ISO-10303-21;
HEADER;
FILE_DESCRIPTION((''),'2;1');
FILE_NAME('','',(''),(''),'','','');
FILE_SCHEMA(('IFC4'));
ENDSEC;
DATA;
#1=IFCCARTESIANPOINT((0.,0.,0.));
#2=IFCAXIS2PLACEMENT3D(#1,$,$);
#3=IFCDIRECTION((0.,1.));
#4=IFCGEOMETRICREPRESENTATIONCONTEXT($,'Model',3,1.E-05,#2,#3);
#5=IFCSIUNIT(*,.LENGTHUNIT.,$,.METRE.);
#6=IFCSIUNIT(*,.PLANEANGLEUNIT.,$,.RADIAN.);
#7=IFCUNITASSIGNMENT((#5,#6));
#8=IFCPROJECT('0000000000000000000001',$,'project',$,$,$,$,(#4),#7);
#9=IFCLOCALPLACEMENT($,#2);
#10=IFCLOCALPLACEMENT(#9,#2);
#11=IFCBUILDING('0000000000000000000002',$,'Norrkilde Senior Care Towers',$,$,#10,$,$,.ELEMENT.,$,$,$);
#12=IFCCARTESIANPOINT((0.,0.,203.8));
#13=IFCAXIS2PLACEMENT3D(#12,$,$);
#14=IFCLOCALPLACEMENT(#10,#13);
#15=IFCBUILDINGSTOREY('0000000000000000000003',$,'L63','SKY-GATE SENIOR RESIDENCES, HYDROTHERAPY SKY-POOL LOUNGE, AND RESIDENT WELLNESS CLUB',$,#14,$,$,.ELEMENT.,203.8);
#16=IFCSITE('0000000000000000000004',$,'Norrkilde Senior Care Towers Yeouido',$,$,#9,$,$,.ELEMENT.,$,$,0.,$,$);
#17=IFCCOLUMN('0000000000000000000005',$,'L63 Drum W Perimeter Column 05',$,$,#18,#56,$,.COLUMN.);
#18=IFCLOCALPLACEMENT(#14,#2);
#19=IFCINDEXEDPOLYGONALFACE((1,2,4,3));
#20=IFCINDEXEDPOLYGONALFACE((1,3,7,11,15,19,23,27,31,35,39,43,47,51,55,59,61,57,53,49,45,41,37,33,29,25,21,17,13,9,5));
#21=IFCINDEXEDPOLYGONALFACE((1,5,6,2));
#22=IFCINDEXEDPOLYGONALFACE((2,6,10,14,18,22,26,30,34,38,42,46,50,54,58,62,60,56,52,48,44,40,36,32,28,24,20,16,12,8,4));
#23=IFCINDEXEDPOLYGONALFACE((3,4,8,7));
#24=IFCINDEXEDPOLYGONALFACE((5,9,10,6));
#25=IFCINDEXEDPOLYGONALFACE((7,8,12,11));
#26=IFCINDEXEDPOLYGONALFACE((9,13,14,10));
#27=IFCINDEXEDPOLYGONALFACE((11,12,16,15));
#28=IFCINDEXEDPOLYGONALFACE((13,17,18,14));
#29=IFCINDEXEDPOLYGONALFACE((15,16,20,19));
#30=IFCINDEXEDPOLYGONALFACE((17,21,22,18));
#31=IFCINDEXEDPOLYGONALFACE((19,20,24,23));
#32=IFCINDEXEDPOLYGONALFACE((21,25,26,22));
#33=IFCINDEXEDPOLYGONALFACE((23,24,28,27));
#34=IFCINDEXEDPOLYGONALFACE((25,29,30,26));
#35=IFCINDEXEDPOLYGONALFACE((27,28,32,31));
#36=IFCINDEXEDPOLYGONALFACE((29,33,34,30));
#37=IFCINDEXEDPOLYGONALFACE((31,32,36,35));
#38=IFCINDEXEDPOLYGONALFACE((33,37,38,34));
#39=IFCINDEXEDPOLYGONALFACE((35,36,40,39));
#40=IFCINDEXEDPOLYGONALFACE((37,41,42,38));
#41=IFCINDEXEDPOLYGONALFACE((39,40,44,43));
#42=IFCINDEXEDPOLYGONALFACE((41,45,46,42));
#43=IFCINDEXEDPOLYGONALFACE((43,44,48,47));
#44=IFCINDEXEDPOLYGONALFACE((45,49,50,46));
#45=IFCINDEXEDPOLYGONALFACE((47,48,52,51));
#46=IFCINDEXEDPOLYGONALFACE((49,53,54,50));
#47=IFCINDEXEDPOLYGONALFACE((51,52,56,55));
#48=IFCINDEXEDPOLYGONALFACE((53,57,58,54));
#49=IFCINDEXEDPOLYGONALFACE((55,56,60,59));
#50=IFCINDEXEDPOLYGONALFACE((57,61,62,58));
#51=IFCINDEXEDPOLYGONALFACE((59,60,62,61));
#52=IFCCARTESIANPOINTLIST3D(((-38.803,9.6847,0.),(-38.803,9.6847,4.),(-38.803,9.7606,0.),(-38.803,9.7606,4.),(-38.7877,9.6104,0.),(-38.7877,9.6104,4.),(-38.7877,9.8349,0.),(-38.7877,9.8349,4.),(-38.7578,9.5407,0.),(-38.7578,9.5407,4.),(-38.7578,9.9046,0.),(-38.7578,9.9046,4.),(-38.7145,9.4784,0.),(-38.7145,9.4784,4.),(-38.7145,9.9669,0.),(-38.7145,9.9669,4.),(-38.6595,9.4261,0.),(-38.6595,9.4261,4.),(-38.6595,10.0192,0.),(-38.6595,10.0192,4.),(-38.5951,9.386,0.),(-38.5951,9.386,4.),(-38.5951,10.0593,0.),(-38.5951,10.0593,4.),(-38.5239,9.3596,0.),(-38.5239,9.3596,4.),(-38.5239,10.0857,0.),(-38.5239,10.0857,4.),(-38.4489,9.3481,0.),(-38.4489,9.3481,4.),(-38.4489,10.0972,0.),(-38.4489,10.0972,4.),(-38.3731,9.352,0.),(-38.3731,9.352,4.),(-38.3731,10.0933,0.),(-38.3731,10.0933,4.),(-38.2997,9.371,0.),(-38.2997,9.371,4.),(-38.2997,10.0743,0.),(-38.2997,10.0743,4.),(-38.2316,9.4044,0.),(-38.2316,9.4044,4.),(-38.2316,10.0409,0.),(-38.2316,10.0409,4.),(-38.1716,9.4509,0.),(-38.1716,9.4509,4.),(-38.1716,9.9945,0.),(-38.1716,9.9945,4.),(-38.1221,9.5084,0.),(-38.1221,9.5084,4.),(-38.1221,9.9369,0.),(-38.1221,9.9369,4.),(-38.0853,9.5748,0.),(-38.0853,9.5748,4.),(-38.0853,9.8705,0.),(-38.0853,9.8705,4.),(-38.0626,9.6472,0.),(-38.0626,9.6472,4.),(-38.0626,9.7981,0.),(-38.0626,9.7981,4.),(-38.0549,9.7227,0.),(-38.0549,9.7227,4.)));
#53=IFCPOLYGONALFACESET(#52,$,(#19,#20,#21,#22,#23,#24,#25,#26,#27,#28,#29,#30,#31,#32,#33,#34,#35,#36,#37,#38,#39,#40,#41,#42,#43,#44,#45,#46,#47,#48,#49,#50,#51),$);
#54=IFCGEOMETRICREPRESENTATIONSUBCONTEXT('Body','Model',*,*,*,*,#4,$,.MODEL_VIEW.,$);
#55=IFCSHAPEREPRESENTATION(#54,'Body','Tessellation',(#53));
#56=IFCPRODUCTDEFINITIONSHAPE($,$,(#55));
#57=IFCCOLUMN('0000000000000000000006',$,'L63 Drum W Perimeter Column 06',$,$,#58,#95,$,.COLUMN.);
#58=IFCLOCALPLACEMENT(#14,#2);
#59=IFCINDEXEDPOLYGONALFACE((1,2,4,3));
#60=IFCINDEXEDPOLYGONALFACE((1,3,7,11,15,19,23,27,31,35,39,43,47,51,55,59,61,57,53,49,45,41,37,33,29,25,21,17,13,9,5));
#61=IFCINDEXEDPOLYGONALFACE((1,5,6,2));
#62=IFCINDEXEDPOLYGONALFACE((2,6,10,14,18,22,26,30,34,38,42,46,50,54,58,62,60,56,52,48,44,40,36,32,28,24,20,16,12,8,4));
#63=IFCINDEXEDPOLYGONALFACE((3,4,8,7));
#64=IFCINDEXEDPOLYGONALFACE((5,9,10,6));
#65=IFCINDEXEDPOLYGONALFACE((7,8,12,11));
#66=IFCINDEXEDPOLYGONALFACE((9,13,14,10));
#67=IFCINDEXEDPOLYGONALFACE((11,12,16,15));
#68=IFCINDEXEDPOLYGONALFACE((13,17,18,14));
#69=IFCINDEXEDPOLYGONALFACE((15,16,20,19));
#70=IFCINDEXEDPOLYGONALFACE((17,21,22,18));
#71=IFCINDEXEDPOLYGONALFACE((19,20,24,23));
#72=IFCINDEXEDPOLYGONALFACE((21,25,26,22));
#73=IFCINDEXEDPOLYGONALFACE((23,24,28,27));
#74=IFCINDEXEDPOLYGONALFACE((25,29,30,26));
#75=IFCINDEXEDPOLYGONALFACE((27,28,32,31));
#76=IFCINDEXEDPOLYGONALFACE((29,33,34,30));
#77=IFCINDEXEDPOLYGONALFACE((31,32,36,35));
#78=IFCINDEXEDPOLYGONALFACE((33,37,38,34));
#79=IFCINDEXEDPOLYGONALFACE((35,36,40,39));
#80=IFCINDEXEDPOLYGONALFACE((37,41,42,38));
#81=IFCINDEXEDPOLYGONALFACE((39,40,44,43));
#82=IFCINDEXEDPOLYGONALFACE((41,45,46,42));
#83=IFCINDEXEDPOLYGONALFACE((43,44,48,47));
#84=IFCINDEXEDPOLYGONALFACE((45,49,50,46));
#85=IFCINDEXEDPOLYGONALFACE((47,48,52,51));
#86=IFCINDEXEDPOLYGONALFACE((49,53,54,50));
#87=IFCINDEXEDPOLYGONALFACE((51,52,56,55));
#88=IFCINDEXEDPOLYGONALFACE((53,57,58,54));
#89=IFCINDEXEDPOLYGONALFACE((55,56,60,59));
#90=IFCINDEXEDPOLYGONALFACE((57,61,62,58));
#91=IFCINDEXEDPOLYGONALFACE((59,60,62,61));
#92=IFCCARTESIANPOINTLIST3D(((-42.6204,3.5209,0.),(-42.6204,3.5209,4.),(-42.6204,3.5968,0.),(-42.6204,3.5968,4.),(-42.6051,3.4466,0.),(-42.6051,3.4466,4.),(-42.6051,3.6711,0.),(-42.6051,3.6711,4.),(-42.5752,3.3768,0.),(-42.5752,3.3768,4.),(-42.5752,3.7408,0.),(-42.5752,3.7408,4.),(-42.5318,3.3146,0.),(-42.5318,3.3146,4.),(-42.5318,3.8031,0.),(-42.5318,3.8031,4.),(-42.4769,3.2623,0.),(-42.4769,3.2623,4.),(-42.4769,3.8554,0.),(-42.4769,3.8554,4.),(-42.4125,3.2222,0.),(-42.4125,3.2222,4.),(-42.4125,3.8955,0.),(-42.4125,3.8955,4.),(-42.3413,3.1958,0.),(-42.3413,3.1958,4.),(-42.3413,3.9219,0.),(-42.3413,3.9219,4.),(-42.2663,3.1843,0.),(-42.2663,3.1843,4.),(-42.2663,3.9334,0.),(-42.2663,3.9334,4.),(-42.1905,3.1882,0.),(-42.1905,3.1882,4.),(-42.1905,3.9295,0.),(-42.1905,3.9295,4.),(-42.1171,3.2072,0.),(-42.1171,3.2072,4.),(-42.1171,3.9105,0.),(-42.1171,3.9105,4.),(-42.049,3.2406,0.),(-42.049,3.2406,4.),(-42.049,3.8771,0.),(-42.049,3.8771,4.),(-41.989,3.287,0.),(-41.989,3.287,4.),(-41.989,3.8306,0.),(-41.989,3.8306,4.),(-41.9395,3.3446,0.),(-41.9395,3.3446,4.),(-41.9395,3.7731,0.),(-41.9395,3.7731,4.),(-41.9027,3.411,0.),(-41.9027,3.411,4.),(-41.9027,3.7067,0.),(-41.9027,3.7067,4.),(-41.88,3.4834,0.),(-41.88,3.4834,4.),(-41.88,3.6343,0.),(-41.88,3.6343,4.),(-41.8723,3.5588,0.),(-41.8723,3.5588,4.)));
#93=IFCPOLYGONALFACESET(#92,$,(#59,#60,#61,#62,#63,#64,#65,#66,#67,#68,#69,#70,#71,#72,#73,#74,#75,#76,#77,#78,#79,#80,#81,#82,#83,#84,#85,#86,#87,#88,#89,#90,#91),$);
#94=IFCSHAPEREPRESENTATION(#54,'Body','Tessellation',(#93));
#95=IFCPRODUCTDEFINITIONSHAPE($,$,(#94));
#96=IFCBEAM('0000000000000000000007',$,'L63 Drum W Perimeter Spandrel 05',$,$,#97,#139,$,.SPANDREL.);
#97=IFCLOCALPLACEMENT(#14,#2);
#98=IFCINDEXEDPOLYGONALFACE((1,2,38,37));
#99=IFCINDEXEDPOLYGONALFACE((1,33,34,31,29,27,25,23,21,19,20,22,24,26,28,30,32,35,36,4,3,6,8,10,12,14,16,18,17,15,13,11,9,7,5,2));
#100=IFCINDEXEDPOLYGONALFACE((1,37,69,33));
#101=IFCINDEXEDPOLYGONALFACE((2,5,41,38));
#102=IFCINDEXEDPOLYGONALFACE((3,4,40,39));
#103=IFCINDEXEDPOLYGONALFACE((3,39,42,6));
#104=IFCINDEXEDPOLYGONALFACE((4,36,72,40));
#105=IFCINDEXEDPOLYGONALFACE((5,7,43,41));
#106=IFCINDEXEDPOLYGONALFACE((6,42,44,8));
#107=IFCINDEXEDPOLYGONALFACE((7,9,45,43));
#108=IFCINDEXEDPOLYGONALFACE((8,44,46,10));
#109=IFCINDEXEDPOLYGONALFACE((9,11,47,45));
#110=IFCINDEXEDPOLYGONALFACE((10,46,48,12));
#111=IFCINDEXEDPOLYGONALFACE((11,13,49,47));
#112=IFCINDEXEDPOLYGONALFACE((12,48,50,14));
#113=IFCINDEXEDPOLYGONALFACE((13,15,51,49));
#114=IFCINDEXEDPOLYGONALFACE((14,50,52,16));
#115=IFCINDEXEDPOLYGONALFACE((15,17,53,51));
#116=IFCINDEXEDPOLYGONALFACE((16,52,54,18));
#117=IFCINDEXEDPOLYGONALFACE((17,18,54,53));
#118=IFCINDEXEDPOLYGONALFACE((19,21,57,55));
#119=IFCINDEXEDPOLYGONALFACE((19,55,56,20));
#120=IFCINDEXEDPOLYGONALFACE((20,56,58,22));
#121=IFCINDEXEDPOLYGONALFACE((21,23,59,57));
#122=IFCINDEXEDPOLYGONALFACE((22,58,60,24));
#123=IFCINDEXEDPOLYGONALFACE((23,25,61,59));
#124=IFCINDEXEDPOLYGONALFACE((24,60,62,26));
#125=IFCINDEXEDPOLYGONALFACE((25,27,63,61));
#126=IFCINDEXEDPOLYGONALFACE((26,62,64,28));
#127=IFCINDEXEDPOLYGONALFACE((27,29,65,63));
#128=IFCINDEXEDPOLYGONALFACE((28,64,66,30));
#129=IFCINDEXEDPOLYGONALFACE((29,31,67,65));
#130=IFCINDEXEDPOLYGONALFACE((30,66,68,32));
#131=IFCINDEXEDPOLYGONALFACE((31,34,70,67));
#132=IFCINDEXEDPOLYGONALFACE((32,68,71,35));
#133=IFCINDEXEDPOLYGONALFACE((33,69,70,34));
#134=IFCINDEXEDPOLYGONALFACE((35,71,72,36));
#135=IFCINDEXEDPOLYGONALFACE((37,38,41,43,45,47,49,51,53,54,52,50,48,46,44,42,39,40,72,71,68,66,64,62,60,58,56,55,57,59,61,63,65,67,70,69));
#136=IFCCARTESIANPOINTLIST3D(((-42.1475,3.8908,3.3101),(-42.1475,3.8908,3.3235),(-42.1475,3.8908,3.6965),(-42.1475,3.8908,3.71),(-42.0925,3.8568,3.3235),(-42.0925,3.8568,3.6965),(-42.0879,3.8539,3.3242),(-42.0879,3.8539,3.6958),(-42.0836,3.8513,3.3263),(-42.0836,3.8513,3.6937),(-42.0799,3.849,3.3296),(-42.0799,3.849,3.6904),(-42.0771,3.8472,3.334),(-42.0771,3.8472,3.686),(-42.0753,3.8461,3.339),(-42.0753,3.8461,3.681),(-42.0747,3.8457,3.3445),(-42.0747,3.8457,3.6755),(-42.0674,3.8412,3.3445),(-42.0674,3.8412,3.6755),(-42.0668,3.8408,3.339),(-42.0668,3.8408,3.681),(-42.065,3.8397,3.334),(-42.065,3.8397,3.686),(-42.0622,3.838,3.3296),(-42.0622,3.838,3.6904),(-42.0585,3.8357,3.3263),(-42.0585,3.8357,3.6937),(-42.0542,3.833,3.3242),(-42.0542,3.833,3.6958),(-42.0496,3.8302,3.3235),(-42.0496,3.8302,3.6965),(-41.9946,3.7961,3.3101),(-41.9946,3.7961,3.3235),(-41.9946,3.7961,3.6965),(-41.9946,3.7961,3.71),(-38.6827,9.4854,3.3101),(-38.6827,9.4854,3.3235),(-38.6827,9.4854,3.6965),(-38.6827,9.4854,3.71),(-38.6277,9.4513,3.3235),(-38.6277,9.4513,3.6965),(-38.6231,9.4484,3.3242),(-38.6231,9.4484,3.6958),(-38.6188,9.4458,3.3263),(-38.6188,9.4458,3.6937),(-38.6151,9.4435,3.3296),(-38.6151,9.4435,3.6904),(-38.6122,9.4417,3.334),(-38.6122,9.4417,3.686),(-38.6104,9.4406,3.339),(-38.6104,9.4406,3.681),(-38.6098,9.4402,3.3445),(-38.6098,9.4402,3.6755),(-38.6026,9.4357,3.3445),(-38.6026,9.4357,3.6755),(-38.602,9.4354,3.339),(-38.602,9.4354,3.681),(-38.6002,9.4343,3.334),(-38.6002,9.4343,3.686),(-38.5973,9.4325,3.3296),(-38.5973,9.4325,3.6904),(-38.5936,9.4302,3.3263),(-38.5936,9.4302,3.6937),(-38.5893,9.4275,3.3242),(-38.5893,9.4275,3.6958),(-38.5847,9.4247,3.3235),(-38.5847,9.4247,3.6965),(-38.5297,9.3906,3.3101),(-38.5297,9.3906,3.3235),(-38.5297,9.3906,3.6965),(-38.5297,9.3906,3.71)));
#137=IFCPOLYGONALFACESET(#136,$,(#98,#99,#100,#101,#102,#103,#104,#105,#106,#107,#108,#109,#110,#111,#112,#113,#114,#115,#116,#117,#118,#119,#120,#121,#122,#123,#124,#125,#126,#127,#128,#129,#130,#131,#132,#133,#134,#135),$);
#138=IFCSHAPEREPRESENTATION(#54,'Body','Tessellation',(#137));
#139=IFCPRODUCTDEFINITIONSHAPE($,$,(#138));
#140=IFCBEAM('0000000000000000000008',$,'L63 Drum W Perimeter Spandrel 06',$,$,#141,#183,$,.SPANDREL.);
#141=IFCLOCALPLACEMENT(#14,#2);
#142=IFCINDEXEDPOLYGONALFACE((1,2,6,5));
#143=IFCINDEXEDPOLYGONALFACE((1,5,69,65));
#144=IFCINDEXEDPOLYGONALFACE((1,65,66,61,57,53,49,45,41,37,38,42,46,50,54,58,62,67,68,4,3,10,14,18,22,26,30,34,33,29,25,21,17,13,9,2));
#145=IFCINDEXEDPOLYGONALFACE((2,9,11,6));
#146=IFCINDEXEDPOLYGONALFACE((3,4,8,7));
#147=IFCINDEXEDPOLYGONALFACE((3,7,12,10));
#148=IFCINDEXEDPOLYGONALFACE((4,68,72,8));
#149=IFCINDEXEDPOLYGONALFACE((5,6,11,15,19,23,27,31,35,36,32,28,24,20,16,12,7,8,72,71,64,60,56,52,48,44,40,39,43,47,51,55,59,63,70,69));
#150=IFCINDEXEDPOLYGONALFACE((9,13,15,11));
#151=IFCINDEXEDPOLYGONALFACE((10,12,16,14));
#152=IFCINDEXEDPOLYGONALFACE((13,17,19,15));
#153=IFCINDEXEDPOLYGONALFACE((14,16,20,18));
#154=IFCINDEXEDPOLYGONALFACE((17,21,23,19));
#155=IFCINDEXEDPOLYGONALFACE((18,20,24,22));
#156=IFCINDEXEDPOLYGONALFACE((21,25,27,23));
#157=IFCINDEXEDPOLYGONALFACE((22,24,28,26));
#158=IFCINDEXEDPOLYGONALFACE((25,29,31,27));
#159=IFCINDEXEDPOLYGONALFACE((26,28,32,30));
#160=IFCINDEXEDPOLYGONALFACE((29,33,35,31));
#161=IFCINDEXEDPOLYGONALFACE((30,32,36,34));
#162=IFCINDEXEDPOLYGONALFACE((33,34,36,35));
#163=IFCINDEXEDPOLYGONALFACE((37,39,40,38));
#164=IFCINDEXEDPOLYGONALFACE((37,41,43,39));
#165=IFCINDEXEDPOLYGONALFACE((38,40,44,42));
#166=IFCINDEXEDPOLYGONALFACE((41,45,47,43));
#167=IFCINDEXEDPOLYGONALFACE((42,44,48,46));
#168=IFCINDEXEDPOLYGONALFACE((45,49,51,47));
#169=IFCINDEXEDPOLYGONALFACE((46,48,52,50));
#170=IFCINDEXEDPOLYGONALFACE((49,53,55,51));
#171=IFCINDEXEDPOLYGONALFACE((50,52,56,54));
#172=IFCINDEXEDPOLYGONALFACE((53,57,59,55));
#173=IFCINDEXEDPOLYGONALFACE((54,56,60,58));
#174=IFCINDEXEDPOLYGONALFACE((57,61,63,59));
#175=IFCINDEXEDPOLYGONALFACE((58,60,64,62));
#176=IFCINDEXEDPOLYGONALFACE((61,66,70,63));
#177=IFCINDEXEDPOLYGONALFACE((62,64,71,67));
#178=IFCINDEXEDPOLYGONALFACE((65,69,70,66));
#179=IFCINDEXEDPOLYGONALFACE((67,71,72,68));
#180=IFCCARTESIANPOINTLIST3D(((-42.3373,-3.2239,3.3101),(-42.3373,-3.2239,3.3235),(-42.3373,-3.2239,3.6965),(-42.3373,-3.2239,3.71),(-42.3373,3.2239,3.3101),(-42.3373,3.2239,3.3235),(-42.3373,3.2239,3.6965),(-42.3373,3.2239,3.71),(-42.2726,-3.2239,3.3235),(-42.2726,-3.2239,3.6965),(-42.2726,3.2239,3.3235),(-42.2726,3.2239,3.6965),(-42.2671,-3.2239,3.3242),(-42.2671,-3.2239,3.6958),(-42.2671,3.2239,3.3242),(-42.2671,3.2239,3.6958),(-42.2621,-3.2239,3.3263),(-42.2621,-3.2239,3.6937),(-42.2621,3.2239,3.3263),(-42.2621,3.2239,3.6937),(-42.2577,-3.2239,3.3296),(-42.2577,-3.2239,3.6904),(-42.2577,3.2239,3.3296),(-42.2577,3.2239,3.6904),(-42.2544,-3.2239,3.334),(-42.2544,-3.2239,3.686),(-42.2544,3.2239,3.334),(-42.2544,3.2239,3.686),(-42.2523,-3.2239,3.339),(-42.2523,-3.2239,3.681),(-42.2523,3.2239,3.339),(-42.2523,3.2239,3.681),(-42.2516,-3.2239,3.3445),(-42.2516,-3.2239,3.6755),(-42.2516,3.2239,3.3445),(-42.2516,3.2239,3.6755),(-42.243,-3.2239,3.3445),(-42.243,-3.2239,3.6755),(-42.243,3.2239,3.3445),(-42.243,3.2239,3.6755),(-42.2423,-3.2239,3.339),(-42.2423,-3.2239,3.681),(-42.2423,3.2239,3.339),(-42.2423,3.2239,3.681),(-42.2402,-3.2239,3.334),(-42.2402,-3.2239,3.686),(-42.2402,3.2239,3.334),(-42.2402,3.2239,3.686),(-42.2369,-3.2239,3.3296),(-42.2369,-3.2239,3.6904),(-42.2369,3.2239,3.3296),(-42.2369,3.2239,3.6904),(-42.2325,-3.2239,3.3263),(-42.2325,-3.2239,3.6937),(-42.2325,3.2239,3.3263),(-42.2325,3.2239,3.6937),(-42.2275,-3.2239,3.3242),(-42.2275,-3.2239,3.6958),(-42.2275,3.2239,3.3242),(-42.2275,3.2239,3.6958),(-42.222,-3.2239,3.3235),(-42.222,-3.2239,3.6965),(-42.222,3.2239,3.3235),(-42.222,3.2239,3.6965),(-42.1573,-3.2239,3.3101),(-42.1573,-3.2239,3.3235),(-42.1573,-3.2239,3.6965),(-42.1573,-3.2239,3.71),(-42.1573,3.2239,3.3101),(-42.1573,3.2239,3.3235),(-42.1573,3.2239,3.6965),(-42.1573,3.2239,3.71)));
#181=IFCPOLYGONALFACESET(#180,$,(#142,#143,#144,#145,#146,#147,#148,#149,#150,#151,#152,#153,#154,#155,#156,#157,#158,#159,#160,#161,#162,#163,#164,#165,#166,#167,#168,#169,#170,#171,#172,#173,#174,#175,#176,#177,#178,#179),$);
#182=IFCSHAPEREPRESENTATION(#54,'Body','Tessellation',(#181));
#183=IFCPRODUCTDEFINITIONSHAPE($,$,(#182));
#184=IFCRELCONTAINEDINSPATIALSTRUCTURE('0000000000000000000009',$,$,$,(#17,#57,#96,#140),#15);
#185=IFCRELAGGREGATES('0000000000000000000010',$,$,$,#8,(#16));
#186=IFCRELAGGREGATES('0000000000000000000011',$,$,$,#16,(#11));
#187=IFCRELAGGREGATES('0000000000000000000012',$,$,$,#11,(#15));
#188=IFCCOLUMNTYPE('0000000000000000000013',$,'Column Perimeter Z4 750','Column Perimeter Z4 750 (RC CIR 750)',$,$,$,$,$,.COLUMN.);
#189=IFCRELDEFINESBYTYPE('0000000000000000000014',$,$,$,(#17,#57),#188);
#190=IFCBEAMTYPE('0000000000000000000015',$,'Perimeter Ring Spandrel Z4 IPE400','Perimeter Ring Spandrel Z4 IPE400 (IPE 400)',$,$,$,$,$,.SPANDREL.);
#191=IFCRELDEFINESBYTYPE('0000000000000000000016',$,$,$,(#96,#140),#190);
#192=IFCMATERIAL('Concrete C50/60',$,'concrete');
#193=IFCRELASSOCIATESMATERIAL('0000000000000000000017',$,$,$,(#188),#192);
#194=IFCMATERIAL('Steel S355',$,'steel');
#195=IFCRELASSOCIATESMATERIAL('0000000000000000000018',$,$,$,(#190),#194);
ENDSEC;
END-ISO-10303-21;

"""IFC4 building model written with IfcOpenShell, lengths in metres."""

from ifc_helpers import new_model, si_unit, direction, frame, origin, origin_2d, place, context, subcontext, project, spatial, circle, i_section, extrude, source, transform, mapped, material, material_profile, profile_set, type_object, type_shapes, element, save


model = new_model("IFC4")

# Units and contexts
model_context = context("Model", 3, precision=1e-05, world=origin(), true_north=direction((0.0, 1.0)))
body_context = subcontext(model_context, "Body", "Model", "MODEL_VIEW")
ifc_project = project(units=[si_unit("LENGTHUNIT", "METRE"), si_unit("PLANEANGLEUNIT", "RADIAN")], contexts=[model_context])

# Site, building, storey
site_placement = place(None, origin())
site = spatial("IfcSite", under=ifc_project, at=site_placement, Name="Norrkilde Senior Care Towers Yeouido", CompositionType="ELEMENT", RefElevation=0.0)
building_placement = place(site_placement, origin())
building = spatial("IfcBuilding", under=site, at=building_placement, Name="Norrkilde Senior Care Towers", CompositionType="ELEMENT")
storey_placement = place(building_placement, frame((0.0, 0.0, 203.8)))
storey = spatial("IfcBuildingStorey", under=building, at=storey_placement, Name="L63", Description="SKY-GATE SENIOR RESIDENCES, HYDROTHERAPY SKY-POOL LOUNGE, AND RESIDENT WELLNESS CLUB", CompositionType="ELEMENT", Elevation=203.8)

# Columns
ifc_material_1 = material(Name="Concrete C50/60", Category="concrete")
ifc_material_profile_1 = material_profile(ifc_material_1, circle(Radius=0.375, at=origin_2d()), Name="RC CIR 750")
ifc_profile_set_1 = profile_set([ifc_material_profile_1], Name="Concrete C50/60")
column_type = type_object("IfcColumnType", Name="Column Perimeter Z4 750", Description="Column Perimeter Z4 750 (RC CIR 750)", PredefinedType="COLUMN", material=ifc_profile_set_1)
shared_shape_1 = source(origin(), body_context, "Body", "SweptSolid", [
    extrude(circle(Radius=0.375, at=origin_2d()), origin(), (0.0, 0.0, 1.0), 4.0),
])
type_shapes(column_type, [shared_shape_1])
for number, where, z_axis, x_axis, name in (
    (1, (-38.4299, 9.7227, 0.0), (0.0, 0.0, 1.0), (1.0, 0.0, 0.0), "L63 Drum W Perimeter Column 05"),
    (2, (-42.2473, 3.5588, 0.0), (0.0, 0.0, 1.0), (1.0, 0.0, 0.0), "L63 Drum W Perimeter Column 06"),
):
    element("IfcColumn", number, at=place(storey_placement, frame(where, z_axis=z_axis, x_axis=x_axis)), inside=storey, type_object=column_type, Name=name, PredefinedType="COLUMN", context=body_context, shape_type="MappedRepresentation", body=[
        mapped(shared_shape_1, transform((0.0, 0.0, 0.0), x_axis=(1.0, 0.0, 0.0), y_axis=(0.0, 1.0, 0.0), z_axis=(0.0, 0.0, 1.0), scale=1.0)),
    ])

# Beams
ifc_material_2 = material(Name="Steel S355", Category="steel")
ifc_material_profile_2 = material_profile(ifc_material_2, i_section(OverallWidth=0.1799, OverallDepth=0.3999, WebThickness=0.0085, FlangeThickness=0.0134, FilletRadius=0.021, at=origin_2d()), Name="IPE 400")
ifc_profile_set_2 = profile_set([ifc_material_profile_2], Name="Steel S355")
beam_type = type_object("IfcBeamType", Name="Perimeter Ring Spandrel Z4 IPE400", Description="Perimeter Ring Spandrel Z4 IPE400 (IPE 400)", PredefinedType="SPANDREL", material=ifc_profile_set_2)
shared_shape_2 = source(origin(), body_context, "Body", "SweptSolid", [
    extrude(i_section(OverallWidth=0.1799, OverallDepth=0.3999, WebThickness=0.0085, FlangeThickness=0.0134, FilletRadius=0.021, at=origin_2d()), origin(), (0.0, 0.0, 1.0), 6.5806),
])
beam_1_placement = place(storey_placement, frame((-38.6062, 9.438, 3.51), z_axis=(-0.52653, -0.850157, 0.0), x_axis=(0.850157, -0.52653, 0.0)))
element("IfcBeam", 3, at=beam_1_placement, inside=storey, type_object=beam_type, Name="L63 Drum W Perimeter Spandrel 05", PredefinedType="SPANDREL", context=body_context, shape_type="MappedRepresentation", body=[
    mapped(shared_shape_2, transform((0.0, 0.0, 0.0), x_axis=(1.0, 0.0, 0.0), y_axis=(0.0, 1.0, 0.0), z_axis=(0.0, 0.0, 1.0), scale=1.0)),
])
shared_shape_3 = source(origin(), body_context, "Body", "SweptSolid", [
    extrude(i_section(OverallWidth=0.1799, OverallDepth=0.3999, WebThickness=0.0085, FlangeThickness=0.0134, FilletRadius=0.021, at=origin_2d()), origin(), (0.0, 0.0, 1.0), 6.4478),
])
type_shapes(beam_type, [shared_shape_2, shared_shape_3])
beam_2_placement = place(storey_placement, frame((-42.2473, 3.2239, 3.51), z_axis=(0.0, -1.0, 0.0), x_axis=(1.0, 0.0, 0.0)))
element("IfcBeam", 4, at=beam_2_placement, inside=storey, type_object=beam_type, Name="L63 Drum W Perimeter Spandrel 06", PredefinedType="SPANDREL", context=body_context, shape_type="MappedRepresentation", body=[
    mapped(shared_shape_3, transform((0.0, 0.0, 0.0), x_axis=(1.0, 0.0, 0.0), y_axis=(0.0, 1.0, 0.0), z_axis=(0.0, 0.0, 1.0), scale=1.0)),
])

save(model, "model.ifc")
